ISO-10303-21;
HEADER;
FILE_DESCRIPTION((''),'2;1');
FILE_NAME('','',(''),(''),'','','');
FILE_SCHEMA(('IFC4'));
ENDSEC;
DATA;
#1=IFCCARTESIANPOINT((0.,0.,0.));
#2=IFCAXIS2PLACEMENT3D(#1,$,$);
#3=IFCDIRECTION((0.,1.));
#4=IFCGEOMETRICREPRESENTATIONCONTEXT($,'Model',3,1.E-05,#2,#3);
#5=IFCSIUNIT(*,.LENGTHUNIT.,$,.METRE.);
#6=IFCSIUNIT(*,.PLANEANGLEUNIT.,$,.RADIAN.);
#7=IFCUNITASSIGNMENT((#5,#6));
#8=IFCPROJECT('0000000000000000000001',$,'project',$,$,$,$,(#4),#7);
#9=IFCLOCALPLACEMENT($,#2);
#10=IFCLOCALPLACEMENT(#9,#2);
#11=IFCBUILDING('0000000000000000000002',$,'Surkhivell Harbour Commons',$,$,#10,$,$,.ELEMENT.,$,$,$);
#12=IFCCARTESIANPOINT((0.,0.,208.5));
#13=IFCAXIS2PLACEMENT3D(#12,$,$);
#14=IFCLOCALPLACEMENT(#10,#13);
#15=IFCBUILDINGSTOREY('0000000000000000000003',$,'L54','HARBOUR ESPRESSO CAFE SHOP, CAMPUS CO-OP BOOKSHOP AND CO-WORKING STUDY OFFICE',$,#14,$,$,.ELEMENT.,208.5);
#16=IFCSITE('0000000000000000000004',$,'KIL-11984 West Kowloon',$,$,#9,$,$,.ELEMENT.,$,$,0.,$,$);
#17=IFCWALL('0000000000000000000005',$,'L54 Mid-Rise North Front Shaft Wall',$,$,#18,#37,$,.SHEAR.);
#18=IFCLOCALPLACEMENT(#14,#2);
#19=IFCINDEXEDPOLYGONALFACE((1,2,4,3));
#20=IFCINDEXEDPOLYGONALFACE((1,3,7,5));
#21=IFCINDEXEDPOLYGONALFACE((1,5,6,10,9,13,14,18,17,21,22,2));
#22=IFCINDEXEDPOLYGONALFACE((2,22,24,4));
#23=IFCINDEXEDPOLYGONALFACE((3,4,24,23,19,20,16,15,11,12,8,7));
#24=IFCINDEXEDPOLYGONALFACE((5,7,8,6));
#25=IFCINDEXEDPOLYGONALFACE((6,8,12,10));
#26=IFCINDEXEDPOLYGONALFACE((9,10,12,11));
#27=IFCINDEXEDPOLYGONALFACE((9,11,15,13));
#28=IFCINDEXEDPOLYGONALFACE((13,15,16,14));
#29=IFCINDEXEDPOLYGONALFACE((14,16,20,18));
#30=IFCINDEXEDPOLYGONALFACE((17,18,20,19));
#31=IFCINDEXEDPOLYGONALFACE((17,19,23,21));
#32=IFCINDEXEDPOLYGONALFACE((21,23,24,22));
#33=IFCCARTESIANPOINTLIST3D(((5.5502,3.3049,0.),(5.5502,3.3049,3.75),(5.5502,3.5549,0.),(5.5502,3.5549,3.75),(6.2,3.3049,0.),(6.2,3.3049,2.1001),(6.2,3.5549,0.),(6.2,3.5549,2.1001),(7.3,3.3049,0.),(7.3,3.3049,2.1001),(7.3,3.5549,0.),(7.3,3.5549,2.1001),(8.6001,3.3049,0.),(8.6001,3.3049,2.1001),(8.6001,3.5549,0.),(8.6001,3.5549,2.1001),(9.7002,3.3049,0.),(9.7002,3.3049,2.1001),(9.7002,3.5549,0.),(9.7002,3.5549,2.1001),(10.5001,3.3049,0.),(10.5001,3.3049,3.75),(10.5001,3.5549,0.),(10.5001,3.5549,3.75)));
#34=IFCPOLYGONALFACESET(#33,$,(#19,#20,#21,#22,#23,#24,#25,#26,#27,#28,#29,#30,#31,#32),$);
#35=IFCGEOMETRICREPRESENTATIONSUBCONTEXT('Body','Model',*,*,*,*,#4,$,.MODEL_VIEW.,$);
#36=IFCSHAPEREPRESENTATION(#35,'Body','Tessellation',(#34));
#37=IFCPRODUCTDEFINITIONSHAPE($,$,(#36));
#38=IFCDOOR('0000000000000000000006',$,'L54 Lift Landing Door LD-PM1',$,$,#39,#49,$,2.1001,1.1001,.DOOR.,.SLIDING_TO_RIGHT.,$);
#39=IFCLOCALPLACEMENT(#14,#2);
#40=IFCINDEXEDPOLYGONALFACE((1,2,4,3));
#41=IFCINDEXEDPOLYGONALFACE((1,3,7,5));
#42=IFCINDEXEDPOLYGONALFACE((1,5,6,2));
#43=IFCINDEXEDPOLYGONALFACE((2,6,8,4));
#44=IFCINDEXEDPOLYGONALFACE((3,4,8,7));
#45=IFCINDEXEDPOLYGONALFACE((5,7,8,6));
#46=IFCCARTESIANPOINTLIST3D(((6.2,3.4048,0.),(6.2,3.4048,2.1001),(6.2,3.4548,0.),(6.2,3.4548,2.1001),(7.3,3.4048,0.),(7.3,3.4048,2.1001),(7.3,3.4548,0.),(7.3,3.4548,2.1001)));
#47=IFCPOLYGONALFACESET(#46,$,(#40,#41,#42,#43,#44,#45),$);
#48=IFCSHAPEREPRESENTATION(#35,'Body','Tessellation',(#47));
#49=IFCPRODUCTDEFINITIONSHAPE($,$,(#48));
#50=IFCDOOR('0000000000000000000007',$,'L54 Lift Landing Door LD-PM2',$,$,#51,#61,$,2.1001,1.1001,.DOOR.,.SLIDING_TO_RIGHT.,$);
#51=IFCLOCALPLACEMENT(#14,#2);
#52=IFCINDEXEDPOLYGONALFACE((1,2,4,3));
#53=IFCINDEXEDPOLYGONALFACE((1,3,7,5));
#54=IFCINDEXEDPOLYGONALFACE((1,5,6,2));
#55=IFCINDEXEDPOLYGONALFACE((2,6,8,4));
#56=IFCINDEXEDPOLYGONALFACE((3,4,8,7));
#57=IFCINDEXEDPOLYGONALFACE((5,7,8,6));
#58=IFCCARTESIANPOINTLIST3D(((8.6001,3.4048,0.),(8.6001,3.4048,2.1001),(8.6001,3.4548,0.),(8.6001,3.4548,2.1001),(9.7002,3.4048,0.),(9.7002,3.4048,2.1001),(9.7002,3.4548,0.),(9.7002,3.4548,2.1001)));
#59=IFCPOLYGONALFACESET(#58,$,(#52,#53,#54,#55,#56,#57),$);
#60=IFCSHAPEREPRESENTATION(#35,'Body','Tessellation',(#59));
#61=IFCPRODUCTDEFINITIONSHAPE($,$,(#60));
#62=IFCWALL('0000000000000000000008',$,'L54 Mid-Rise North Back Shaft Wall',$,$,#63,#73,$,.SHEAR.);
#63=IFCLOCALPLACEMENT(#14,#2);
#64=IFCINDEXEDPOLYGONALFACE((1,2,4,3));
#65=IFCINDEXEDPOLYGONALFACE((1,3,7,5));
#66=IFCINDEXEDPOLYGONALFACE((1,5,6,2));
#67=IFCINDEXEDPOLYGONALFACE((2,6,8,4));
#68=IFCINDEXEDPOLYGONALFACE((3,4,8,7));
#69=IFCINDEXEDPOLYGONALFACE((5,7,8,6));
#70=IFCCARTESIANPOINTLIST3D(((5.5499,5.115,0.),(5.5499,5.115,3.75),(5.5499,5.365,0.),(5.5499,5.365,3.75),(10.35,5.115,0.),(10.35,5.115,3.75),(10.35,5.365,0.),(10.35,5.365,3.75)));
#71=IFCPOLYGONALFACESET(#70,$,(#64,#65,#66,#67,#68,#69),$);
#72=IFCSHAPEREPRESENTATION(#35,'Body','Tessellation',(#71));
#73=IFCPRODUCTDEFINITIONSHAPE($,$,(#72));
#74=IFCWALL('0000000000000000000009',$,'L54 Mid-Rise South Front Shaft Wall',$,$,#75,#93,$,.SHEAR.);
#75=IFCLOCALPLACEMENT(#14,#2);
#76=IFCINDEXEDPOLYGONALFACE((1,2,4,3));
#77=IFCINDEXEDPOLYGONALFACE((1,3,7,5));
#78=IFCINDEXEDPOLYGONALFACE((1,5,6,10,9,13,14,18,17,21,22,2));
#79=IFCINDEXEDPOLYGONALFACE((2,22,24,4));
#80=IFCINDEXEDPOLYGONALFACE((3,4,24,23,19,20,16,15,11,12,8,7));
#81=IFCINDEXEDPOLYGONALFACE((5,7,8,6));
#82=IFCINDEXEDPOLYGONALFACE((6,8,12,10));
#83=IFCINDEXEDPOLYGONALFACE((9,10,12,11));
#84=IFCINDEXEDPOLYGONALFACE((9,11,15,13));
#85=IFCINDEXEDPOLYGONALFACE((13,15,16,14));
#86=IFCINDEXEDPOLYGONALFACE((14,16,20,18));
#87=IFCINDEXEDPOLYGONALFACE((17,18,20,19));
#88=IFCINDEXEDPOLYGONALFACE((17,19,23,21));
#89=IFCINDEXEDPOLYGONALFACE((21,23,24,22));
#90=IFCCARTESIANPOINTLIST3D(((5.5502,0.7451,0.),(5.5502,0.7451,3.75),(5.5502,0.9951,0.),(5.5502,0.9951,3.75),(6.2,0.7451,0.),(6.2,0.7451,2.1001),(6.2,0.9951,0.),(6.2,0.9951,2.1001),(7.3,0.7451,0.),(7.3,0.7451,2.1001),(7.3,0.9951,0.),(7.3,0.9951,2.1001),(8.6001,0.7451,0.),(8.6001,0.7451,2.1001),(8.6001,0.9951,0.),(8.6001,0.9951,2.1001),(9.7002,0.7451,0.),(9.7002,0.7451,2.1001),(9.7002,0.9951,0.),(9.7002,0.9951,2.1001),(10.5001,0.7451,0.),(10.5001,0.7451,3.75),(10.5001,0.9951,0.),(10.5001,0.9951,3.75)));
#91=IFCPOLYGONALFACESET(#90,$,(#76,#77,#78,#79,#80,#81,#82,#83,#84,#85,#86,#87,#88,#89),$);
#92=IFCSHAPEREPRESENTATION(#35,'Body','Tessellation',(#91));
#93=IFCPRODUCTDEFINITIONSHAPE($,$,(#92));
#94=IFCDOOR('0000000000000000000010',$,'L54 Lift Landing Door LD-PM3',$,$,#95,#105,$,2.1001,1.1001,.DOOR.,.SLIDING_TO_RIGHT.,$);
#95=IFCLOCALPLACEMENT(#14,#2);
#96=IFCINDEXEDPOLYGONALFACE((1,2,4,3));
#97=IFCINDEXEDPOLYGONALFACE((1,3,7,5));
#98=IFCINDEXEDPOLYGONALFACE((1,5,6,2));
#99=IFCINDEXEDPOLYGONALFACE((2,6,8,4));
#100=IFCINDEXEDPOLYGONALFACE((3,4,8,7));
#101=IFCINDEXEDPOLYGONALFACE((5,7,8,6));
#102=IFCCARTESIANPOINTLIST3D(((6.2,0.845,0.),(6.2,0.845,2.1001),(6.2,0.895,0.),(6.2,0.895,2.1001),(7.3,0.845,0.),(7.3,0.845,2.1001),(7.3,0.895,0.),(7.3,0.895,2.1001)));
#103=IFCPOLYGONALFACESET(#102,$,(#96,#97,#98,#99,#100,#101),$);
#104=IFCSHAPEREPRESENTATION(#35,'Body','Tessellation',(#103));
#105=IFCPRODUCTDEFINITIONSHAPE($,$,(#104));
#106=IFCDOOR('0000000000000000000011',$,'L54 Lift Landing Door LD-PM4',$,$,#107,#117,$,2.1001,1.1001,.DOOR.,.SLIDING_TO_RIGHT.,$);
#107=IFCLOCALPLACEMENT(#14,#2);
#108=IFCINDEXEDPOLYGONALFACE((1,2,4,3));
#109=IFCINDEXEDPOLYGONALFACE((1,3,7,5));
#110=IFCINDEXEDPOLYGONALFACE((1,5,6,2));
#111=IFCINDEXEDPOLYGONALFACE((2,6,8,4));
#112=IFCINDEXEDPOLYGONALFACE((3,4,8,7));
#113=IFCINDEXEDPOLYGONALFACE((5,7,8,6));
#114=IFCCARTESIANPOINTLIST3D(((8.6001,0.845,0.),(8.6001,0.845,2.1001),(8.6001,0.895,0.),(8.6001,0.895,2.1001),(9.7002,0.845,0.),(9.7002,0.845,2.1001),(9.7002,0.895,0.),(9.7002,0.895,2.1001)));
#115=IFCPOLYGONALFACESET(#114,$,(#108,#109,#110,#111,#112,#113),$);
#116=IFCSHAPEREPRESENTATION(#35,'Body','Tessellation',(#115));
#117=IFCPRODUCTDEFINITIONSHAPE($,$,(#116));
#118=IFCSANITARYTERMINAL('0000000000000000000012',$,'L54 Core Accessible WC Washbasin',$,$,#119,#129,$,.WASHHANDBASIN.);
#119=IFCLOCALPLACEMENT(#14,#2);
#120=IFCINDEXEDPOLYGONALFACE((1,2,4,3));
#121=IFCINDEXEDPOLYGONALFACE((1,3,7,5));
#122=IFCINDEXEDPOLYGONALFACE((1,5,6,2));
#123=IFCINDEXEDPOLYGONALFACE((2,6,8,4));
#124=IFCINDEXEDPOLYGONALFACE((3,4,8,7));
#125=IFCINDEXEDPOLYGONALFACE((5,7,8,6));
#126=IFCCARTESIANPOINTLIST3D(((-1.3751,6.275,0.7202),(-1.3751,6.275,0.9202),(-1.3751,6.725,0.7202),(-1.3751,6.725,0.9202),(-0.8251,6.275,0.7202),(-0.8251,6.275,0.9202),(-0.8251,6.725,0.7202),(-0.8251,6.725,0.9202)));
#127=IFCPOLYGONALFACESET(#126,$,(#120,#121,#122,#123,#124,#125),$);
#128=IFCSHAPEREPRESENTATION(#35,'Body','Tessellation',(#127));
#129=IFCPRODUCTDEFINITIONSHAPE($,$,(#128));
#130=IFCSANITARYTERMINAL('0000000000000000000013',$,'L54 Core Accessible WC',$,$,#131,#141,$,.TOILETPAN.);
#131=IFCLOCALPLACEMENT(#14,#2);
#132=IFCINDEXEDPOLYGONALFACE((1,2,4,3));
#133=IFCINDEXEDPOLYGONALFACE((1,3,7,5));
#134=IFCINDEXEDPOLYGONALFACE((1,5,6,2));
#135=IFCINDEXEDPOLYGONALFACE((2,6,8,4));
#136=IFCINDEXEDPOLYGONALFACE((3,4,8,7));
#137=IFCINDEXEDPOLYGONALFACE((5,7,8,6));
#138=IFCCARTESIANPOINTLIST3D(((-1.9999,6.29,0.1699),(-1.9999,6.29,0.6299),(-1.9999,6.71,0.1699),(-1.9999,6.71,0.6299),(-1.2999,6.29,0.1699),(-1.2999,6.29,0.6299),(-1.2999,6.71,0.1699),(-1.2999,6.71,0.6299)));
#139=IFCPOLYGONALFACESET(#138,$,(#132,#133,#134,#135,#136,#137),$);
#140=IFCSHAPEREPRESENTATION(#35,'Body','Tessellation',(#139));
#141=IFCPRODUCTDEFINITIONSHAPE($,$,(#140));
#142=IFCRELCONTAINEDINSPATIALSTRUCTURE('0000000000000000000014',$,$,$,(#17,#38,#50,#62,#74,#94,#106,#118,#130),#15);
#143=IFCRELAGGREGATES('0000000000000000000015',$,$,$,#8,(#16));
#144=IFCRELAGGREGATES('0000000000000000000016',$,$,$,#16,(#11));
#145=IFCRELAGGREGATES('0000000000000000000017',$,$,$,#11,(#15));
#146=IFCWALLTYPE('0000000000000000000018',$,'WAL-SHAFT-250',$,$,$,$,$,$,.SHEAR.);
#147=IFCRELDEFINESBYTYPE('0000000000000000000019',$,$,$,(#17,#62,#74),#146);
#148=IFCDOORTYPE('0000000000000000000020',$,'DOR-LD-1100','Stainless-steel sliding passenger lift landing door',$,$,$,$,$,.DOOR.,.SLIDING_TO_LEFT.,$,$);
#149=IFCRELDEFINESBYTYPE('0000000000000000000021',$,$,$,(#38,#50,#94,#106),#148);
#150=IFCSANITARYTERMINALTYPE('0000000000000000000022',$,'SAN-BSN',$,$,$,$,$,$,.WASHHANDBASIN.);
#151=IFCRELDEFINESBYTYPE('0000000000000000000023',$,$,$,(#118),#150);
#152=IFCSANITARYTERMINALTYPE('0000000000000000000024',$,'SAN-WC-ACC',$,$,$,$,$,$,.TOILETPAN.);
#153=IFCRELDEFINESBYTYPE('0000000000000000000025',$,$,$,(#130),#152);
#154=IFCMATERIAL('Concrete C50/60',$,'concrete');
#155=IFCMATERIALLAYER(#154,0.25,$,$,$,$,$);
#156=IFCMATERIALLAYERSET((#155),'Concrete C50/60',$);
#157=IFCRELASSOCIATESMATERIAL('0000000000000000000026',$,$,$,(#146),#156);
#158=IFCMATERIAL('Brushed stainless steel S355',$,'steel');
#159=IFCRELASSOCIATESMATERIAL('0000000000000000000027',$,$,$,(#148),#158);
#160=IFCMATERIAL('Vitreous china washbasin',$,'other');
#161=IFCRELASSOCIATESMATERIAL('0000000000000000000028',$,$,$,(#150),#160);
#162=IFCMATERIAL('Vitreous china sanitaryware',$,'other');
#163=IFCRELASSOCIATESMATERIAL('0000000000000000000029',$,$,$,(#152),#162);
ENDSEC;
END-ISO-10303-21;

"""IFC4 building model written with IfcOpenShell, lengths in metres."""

from ifc_helpers import new_model, si_unit, direction, frame, frame_2d, origin, origin_2d, place, context, subcontext, project, spatial, rectangle, extrude, material, layer, layer_set, type_object, element, fill, save


model = new_model("IFC4")

# Units and contexts
model_context = context("Model", 3, precision=1e-05, world=origin(), true_north=direction((0.0, 1.0)))
body_context = subcontext(model_context, "Body", "Model", "MODEL_VIEW")
ifc_project = project(units=[si_unit("LENGTHUNIT", "METRE"), si_unit("PLANEANGLEUNIT", "RADIAN")], contexts=[model_context])

# Site, building, storey
site_placement = place(None, origin())
site = spatial("IfcSite", under=ifc_project, at=site_placement, Name="KIL-11984 West Kowloon", CompositionType="ELEMENT", RefElevation=0.0)
building_placement = place(site_placement, origin())
building = spatial("IfcBuilding", under=site, at=building_placement, Name="Surkhivell Harbour Commons", CompositionType="ELEMENT")
storey_placement = place(building_placement, frame((0.0, 0.0, 208.5)))
storey = spatial("IfcBuildingStorey", under=building, at=storey_placement, Name="L54", Description="HARBOUR ESPRESSO CAFE SHOP, CAMPUS CO-OP BOOKSHOP AND CO-WORKING STUDY OFFICE", CompositionType="ELEMENT", Elevation=208.5)

# Shared definitions
ifc_material_1 = material(Name="Concrete C50/60", Category="concrete")
ifc_layer_1 = layer(ifc_material_1, 0.25)
ifc_layer_set_1 = layer_set([ifc_layer_1], Name="Concrete C50/60")
wall_type_1 = type_object("IfcWallType", Name="WAL-SHAFT-250", PredefinedType="SHEAR", material=ifc_layer_set_1)

# Wall, openings, doors
wall_1_placement = place(storey_placement, frame((5.55, 3.4299, 0.0), z_axis=(0.0, 0.0, 1.0), x_axis=(1.0, 0.0, 0.0)))
wall_1 = element("IfcWall", 1, at=wall_1_placement, inside=storey, type_object=wall_type_1, Name="L54 Mid-Rise North Front Shaft Wall", PredefinedType="SHEAR", context=body_context, shape_type="SweptSolid", body=[
    extrude(rectangle(XDim=4.95, YDim=0.25, at=frame_2d((2.4751, 0.0))), origin(), (0.0, 0.0, 1.0), 3.75),
])
opening_1_placement = place(wall_1_placement, frame((0.6499, 0.0, 0.0)))
opening_1 = element("IfcOpeningElement", 2, at=opening_1_placement, cuts=wall_1, PredefinedType="OPENING", context=body_context, shape_type="SweptSolid", body=[
    extrude(rectangle(XDim=1.1001, YDim=2.1001, at=frame_2d((0.55, 1.05))), frame((0.0, 0.135, 0.0), z_axis=(0.0, -1.0, 0.0), x_axis=(1.0, 0.0, 0.0)), (0.0, 0.0, 1.0), 0.27),
])
opening_2_placement = place(wall_1_placement, frame((3.05, 0.0, 0.0)))
opening_2 = element("IfcOpeningElement", 3, at=opening_2_placement, cuts=wall_1, PredefinedType="OPENING", context=body_context, shape_type="SweptSolid", body=[
    extrude(rectangle(XDim=1.1001, YDim=2.1001, at=frame_2d((0.55, 1.05))), frame((0.0, 0.135, 0.0), z_axis=(0.0, -1.0, 0.0), x_axis=(1.0, 0.0, 0.0)), (0.0, 0.0, 1.0), 0.27),
])
ifc_material_2 = material(Name="Brushed stainless steel S355", Category="steel")
door_type_1 = type_object("IfcDoorType", Name="DOR-LD-1100", Description="Stainless-steel sliding passenger lift landing door", OperationType="SLIDING_TO_LEFT", PredefinedType="DOOR", material=ifc_material_2)
door_1_placement = place(opening_1_placement, origin())
door_1 = element("IfcDoor", 4, at=door_1_placement, inside=storey, type_object=door_type_1, Name="L54 Lift Landing Door LD-PM1", OperationType="SLIDING_TO_RIGHT", OverallHeight=2.1001, OverallWidth=1.1001, PredefinedType="DOOR", context=body_context, shape_type="SweptSolid", body=[
    extrude(rectangle(XDim=1.1001, YDim=2.1001, at=frame_2d((0.55, 1.05))), frame((0.0, 0.0249, 0.0), z_axis=(0.0, -1.0, 0.0), x_axis=(1.0, 0.0, 0.0)), (0.0, 0.0, 1.0), 0.05),
])
fill(opening_1, door_1)
door_2_placement = place(opening_2_placement, origin())
door_2 = element("IfcDoor", 5, at=door_2_placement, inside=storey, type_object=door_type_1, Name="L54 Lift Landing Door LD-PM2", OperationType="SLIDING_TO_RIGHT", OverallHeight=2.1001, OverallWidth=1.1001, PredefinedType="DOOR", context=body_context, shape_type="SweptSolid", body=[
    extrude(rectangle(XDim=1.1001, YDim=2.1001, at=frame_2d((0.55, 1.05))), frame((0.0, 0.0249, 0.0), z_axis=(0.0, -1.0, 0.0), x_axis=(1.0, 0.0, 0.0)), (0.0, 0.0, 1.0), 0.05),
])
fill(opening_2, door_2)

# Wall
wall_2_placement = place(storey_placement, frame((5.55, 5.24, 0.0), z_axis=(0.0, 0.0, 1.0), x_axis=(1.0, 0.0, 0.0)))
element("IfcWall", 6, at=wall_2_placement, inside=storey, type_object=wall_type_1, Name="L54 Mid-Rise North Back Shaft Wall", PredefinedType="SHEAR", context=body_context, shape_type="SweptSolid", body=[
    extrude(rectangle(XDim=4.8, YDim=0.25, at=frame_2d((2.3999, 0.0))), origin(), (0.0, 0.0, 1.0), 3.75),
])

# Wall, openings, doors
wall_3_placement = place(storey_placement, frame((5.55, 0.8701, 0.0), z_axis=(0.0, 0.0, 1.0), x_axis=(1.0, 0.0, 0.0)))
wall_3 = element("IfcWall", 7, at=wall_3_placement, inside=storey, type_object=wall_type_1, Name="L54 Mid-Rise South Front Shaft Wall", PredefinedType="SHEAR", context=body_context, shape_type="SweptSolid", body=[
    extrude(rectangle(XDim=4.95, YDim=0.25, at=frame_2d((2.4751, 0.0))), origin(), (0.0, 0.0, 1.0), 3.75),
])
opening_3_placement = place(wall_3_placement, frame((0.6499, 0.0, 0.0)))
opening_3 = element("IfcOpeningElement", 8, at=opening_3_placement, cuts=wall_3, PredefinedType="OPENING", context=body_context, shape_type="SweptSolid", body=[
    extrude(rectangle(XDim=1.1001, YDim=2.1001, at=frame_2d((0.55, 1.05))), frame((0.0, 0.135, 0.0), z_axis=(0.0, -1.0, 0.0), x_axis=(1.0, 0.0, 0.0)), (0.0, 0.0, 1.0), 0.27),
])
opening_4_placement = place(wall_3_placement, frame((3.05, 0.0, 0.0)))
opening_4 = element("IfcOpeningElement", 9, at=opening_4_placement, cuts=wall_3, PredefinedType="OPENING", context=body_context, shape_type="SweptSolid", body=[
    extrude(rectangle(XDim=1.1001, YDim=2.1001, at=frame_2d((0.55, 1.05))), frame((0.0, 0.135, 0.0), z_axis=(0.0, -1.0, 0.0), x_axis=(1.0, 0.0, 0.0)), (0.0, 0.0, 1.0), 0.27),
])
door_3_placement = place(opening_3_placement, origin())
door_3 = element("IfcDoor", 10, at=door_3_placement, inside=storey, type_object=door_type_1, Name="L54 Lift Landing Door LD-PM3", OperationType="SLIDING_TO_RIGHT", OverallHeight=2.1001, OverallWidth=1.1001, PredefinedType="DOOR", context=body_context, shape_type="SweptSolid", body=[
    extrude(rectangle(XDim=1.1001, YDim=2.1001, at=frame_2d((0.55, 1.05))), frame((0.0, 0.0249, 0.0), z_axis=(0.0, -1.0, 0.0), x_axis=(1.0, 0.0, 0.0)), (0.0, 0.0, 1.0), 0.05),
])
fill(opening_3, door_3)
door_4_placement = place(opening_4_placement, origin())
door_4 = element("IfcDoor", 11, at=door_4_placement, inside=storey, type_object=door_type_1, Name="L54 Lift Landing Door LD-PM4", OperationType="SLIDING_TO_RIGHT", OverallHeight=2.1001, OverallWidth=1.1001, PredefinedType="DOOR", context=body_context, shape_type="SweptSolid", body=[
    extrude(rectangle(XDim=1.1001, YDim=2.1001, at=frame_2d((0.55, 1.05))), frame((0.0, 0.0249, 0.0), z_axis=(0.0, -1.0, 0.0), x_axis=(1.0, 0.0, 0.0)), (0.0, 0.0, 1.0), 0.05),
])
fill(opening_4, door_4)

# Sanitary terminals
ifc_material_3 = material(Name="Vitreous china washbasin", Category="other")
sanitary_terminal_type_1 = type_object("IfcSanitaryTerminalType", Name="SAN-BSN", PredefinedType="WASHHANDBASIN", material=ifc_material_3)
sanitary_terminal_1_placement = place(storey_placement, frame((-1.1001, 6.5, 0.7202), z_axis=(0.0, 0.0, 1.0), x_axis=(1.0, 0.0, 0.0)))
element("IfcSanitaryTerminal", 12, at=sanitary_terminal_1_placement, inside=storey, type_object=sanitary_terminal_type_1, Name="L54 Core Accessible WC Washbasin", PredefinedType="WASHHANDBASIN", context=body_context, shape_type="SweptSolid", body=[
    extrude(rectangle(XDim=0.55, YDim=0.45, at=origin_2d()), origin(), (0.0, 0.0, 1.0), 0.2),
])
ifc_material_4 = material(Name="Vitreous china sanitaryware", Category="other")
sanitary_terminal_type_2 = type_object("IfcSanitaryTerminalType", Name="SAN-WC-ACC", PredefinedType="TOILETPAN", material=ifc_material_4)
sanitary_terminal_2_placement = place(storey_placement, frame((-1.6499, 6.5, 0.1699), z_axis=(0.0, 0.0, 1.0), x_axis=(1.0, 0.0, 0.0)))
element("IfcSanitaryTerminal", 13, at=sanitary_terminal_2_placement, inside=storey, type_object=sanitary_terminal_type_2, Name="L54 Core Accessible WC", PredefinedType="TOILETPAN", context=body_context, shape_type="SweptSolid", body=[
    extrude(rectangle(XDim=0.7, YDim=0.4199, at=origin_2d()), origin(), (0.0, 0.0, 1.0), 0.46),
])

save(model, "model.ifc")
